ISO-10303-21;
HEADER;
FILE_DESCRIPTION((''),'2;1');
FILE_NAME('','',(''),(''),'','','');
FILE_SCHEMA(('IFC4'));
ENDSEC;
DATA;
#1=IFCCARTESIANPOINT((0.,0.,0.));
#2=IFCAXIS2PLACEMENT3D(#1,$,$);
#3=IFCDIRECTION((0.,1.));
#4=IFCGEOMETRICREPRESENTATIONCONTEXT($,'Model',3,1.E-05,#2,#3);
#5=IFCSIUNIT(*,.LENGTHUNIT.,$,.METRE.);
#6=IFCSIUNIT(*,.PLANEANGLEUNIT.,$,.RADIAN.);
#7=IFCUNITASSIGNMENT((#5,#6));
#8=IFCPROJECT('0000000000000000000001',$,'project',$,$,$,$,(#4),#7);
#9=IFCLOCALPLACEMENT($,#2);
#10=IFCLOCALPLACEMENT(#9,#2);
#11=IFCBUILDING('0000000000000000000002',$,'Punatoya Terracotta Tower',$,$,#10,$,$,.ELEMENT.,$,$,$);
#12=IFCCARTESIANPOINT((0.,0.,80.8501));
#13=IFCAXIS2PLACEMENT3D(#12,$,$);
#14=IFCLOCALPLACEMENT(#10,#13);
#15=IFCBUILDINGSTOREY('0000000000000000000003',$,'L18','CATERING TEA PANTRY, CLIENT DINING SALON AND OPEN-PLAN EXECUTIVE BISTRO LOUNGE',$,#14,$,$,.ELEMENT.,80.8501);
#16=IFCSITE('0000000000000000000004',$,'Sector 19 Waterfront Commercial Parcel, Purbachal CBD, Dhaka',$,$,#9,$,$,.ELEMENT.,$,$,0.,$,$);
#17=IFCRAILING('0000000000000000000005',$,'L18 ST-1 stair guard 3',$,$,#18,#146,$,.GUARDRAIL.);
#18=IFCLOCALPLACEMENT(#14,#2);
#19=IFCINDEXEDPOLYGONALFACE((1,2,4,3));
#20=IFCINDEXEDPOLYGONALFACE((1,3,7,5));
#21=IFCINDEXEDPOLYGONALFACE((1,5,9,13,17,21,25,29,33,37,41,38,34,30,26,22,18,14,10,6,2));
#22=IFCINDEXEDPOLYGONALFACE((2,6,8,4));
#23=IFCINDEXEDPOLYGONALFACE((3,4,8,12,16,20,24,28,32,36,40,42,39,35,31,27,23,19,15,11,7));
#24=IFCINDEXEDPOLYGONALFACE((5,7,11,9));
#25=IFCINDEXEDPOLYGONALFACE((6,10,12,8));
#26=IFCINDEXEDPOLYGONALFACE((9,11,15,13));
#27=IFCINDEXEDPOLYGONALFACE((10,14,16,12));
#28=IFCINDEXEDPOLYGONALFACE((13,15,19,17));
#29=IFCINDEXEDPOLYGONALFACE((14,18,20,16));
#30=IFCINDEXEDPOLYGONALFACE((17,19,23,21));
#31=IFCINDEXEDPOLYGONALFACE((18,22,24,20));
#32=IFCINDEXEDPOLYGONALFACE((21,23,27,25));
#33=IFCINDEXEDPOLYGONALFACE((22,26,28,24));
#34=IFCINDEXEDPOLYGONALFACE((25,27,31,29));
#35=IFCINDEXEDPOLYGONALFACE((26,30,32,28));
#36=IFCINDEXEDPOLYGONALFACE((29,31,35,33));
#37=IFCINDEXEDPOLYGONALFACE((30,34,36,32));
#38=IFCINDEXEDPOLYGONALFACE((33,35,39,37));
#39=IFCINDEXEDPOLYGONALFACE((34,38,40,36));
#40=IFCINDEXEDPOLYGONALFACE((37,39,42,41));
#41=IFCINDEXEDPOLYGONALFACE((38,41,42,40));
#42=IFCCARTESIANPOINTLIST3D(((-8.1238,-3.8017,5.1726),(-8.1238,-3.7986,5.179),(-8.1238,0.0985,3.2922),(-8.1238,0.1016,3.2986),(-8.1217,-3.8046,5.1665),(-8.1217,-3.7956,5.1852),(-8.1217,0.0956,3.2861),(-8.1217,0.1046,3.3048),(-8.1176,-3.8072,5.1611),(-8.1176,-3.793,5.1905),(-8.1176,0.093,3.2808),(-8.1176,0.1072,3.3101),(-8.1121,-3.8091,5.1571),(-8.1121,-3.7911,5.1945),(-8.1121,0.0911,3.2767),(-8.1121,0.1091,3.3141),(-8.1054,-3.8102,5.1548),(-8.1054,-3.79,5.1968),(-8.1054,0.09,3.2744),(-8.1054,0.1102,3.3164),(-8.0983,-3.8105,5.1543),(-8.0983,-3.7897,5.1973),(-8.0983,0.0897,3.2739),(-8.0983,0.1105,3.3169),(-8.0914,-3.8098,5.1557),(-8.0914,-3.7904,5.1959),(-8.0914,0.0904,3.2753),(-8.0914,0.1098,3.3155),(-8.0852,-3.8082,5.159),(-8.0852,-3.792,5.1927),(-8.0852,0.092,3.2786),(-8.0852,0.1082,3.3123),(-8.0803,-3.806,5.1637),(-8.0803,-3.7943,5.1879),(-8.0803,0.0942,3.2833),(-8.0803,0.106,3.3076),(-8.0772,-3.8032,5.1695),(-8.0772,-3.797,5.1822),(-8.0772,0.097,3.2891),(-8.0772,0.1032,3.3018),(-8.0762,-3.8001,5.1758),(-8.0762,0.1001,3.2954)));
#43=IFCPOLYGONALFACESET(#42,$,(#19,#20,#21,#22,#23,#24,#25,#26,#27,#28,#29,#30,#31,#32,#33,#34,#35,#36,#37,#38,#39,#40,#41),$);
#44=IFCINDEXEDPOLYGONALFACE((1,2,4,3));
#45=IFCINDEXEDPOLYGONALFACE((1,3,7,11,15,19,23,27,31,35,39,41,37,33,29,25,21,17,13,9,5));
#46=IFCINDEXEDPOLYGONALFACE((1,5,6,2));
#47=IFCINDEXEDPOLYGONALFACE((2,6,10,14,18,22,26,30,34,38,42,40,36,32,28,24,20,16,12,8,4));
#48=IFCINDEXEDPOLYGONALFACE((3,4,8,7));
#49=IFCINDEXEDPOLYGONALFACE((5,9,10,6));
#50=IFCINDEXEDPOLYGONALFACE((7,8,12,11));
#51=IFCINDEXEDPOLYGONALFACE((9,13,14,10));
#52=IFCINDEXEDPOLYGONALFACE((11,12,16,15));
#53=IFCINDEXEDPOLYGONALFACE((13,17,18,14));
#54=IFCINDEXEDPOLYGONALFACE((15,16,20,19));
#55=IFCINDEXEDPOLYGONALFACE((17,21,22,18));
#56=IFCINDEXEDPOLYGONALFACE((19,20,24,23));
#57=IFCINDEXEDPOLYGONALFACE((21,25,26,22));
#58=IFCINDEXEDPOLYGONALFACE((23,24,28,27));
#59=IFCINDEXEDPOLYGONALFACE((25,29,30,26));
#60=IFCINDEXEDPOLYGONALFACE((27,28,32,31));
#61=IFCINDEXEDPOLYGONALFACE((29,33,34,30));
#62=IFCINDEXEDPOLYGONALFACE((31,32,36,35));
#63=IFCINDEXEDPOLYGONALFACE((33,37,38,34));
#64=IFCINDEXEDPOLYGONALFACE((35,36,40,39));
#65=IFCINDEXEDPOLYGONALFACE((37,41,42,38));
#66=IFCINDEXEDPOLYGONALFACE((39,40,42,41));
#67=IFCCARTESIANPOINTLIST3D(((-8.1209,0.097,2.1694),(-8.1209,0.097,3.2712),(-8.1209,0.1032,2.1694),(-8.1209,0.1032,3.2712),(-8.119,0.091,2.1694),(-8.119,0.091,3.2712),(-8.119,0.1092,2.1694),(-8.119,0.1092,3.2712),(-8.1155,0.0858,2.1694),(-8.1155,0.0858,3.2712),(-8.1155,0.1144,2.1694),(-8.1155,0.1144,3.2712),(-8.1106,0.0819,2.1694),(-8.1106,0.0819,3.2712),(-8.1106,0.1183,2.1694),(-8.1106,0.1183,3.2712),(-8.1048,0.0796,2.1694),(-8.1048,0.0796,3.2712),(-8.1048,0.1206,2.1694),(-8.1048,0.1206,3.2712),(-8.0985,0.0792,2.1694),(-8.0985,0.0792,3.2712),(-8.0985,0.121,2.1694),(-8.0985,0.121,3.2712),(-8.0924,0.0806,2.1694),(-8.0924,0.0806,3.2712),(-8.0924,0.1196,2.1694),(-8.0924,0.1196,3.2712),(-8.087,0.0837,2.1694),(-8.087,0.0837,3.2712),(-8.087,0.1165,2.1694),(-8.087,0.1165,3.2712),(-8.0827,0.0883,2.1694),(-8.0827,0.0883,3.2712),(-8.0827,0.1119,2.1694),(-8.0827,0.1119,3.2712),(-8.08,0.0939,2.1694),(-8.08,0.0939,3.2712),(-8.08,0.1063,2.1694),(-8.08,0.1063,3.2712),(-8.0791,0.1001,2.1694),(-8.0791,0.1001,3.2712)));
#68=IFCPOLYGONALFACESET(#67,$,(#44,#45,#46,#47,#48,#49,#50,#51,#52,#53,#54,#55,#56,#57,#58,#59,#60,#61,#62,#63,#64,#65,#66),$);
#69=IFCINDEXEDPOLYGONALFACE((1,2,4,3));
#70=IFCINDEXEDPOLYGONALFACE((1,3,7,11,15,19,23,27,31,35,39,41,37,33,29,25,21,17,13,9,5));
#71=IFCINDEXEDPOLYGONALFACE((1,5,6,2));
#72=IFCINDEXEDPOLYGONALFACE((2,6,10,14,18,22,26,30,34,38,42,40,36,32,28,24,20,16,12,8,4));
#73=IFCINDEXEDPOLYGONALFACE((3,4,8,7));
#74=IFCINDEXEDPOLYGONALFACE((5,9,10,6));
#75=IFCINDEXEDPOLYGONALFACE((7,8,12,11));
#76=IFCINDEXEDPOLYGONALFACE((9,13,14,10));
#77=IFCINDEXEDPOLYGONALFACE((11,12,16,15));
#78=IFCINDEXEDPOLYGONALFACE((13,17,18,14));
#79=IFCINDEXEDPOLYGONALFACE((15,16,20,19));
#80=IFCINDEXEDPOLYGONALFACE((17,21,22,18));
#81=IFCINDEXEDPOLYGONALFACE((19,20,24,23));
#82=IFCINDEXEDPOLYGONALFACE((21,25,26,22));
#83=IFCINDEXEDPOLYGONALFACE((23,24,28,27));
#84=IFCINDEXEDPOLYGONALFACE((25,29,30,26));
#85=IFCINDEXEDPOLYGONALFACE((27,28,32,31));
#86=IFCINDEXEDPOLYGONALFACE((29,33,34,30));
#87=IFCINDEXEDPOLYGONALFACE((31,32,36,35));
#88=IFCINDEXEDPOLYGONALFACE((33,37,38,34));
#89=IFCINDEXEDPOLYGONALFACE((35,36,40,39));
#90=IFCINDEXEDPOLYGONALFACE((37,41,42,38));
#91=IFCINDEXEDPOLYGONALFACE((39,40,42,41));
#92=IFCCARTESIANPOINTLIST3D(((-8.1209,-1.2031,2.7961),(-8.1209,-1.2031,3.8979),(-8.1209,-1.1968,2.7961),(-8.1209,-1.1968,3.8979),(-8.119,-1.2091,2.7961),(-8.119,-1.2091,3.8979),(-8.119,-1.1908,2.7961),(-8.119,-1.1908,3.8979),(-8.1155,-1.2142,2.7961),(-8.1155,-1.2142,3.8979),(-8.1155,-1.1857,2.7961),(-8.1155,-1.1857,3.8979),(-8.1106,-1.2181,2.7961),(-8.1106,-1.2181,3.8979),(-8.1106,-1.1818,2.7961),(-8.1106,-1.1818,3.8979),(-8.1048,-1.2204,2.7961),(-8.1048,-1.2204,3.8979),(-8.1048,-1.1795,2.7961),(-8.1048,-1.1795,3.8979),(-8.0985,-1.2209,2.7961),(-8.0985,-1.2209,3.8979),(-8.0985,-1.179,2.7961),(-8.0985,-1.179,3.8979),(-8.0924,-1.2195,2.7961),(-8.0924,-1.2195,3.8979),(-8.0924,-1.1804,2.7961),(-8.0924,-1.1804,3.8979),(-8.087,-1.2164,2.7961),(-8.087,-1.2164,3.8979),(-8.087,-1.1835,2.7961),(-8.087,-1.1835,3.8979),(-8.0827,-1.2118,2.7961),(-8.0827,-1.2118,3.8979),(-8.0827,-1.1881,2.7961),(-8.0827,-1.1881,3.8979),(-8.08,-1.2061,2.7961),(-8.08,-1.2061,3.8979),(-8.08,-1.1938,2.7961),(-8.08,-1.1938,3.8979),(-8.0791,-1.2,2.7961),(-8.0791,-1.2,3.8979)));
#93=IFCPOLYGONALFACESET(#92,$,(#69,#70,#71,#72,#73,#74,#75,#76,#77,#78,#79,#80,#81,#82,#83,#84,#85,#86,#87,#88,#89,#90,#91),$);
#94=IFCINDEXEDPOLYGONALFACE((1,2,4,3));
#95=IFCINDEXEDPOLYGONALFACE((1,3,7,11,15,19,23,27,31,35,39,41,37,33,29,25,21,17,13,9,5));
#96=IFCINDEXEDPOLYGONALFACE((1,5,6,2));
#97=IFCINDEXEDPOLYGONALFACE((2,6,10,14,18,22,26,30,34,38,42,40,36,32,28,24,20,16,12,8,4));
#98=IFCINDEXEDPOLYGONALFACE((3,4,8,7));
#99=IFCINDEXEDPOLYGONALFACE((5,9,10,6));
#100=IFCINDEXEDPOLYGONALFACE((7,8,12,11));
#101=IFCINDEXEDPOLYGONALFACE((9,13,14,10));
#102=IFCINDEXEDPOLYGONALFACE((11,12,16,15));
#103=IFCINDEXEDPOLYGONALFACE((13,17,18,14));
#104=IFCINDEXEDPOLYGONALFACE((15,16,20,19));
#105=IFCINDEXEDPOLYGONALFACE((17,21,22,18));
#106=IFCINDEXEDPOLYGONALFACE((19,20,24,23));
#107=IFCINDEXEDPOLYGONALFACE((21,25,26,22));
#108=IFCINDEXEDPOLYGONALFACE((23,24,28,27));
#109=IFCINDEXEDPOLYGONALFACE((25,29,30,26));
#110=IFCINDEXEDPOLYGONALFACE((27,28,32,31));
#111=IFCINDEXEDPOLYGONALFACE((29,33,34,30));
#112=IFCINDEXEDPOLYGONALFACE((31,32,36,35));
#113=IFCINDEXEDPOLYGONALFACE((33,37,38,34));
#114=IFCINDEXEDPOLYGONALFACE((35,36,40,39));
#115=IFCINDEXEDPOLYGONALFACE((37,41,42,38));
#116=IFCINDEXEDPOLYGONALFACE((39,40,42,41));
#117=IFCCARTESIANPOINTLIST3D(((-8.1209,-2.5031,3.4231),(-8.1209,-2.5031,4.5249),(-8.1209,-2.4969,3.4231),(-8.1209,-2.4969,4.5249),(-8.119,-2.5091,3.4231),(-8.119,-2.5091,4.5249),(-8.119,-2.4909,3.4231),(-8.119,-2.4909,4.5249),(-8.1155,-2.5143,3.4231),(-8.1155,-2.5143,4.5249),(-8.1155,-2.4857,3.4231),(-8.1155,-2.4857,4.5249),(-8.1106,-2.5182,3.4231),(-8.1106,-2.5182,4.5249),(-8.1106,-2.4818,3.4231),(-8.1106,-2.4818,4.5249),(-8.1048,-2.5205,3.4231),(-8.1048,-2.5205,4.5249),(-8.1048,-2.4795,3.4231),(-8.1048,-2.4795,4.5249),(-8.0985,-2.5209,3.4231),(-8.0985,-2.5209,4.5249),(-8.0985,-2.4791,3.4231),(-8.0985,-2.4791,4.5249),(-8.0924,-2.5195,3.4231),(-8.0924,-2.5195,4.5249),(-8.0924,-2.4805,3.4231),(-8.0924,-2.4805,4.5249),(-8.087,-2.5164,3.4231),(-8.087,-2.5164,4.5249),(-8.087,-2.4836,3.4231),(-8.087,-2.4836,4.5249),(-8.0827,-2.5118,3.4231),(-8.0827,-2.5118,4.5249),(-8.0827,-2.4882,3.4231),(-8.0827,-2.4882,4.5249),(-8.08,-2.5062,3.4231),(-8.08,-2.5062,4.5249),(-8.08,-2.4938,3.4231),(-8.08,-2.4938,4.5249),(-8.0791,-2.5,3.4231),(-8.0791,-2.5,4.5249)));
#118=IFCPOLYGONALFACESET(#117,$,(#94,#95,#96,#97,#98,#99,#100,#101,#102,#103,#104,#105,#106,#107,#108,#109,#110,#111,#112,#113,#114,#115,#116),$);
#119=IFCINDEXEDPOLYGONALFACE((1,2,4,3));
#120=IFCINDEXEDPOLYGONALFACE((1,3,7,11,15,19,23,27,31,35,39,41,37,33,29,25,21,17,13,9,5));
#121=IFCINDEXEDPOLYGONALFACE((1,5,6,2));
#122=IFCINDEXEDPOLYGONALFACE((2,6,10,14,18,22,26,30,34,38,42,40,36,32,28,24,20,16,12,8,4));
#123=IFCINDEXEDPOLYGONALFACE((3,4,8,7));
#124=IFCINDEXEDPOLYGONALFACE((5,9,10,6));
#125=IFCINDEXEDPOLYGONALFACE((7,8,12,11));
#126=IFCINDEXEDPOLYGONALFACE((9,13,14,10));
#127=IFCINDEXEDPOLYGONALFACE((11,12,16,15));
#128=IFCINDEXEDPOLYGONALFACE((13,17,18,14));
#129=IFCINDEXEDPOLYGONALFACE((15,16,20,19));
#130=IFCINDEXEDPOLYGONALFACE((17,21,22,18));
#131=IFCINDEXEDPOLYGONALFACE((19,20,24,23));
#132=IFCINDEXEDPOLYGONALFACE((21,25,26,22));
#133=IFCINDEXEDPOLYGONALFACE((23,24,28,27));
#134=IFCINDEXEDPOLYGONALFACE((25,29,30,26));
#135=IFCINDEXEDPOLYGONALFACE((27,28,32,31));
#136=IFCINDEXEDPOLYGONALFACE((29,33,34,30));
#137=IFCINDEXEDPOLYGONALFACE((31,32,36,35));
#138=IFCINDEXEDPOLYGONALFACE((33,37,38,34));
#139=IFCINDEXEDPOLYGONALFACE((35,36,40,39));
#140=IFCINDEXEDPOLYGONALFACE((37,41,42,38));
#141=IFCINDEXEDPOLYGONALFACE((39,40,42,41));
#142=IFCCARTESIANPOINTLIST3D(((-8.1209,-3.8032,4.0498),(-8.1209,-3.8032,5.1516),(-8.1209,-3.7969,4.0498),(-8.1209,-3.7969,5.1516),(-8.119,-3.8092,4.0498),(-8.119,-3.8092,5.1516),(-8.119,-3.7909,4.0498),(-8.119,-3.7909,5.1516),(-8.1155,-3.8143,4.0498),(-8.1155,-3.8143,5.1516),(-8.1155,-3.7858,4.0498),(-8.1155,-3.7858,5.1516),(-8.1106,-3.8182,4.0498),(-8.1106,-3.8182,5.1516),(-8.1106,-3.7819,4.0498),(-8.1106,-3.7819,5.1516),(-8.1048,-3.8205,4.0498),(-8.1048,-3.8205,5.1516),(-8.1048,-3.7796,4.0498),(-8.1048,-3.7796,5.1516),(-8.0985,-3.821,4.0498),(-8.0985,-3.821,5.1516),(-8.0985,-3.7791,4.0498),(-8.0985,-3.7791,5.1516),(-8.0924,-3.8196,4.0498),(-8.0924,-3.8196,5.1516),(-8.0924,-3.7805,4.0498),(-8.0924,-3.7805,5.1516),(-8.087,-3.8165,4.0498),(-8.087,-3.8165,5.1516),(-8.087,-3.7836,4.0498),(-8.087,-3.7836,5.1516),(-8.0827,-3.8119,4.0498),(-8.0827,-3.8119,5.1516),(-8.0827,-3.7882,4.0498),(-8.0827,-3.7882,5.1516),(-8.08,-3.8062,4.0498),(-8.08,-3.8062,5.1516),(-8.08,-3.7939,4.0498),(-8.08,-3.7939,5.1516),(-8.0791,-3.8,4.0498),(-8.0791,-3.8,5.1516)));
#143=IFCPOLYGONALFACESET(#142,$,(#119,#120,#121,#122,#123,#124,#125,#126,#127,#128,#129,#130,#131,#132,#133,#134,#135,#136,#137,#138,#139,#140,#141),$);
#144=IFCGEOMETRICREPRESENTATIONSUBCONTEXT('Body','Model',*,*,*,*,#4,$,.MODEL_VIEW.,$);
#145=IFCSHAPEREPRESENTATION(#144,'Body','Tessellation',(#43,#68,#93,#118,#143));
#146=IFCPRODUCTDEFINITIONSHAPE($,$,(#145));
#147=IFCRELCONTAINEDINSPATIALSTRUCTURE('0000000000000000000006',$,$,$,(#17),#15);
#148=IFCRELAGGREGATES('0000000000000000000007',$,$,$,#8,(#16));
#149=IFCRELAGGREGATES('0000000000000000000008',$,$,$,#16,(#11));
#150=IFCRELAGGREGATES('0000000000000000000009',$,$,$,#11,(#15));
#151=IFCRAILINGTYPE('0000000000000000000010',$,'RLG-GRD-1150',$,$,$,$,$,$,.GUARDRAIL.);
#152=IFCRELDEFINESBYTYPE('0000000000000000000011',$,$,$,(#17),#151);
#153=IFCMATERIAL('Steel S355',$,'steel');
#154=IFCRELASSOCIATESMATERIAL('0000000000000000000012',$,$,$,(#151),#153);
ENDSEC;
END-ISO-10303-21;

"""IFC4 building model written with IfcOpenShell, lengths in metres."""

from ifc_helpers import new_model, si_unit, direction, frame, origin, origin_2d, place, context, subcontext, project, spatial, circle, extrude, material, type_object, element, save


model = new_model("IFC4")

# Units and contexts
model_context = context("Model", 3, precision=1e-05, world=origin(), true_north=direction((0.0, 1.0)))
body_context = subcontext(model_context, "Body", "Model", "MODEL_VIEW")
ifc_project = project(units=[si_unit("LENGTHUNIT", "METRE"), si_unit("PLANEANGLEUNIT", "RADIAN")], contexts=[model_context])

# Site, building, storey
site_placement = place(None, origin())
site = spatial("IfcSite", under=ifc_project, at=site_placement, Name="Sector 19 Waterfront Commercial Parcel, Purbachal CBD, Dhaka", CompositionType="ELEMENT", RefElevation=0.0)
building_placement = place(site_placement, origin())
building = spatial("IfcBuilding", under=site, at=building_placement, Name="Punatoya Terracotta Tower", CompositionType="ELEMENT")
storey_placement = place(building_placement, frame((0.0, 0.0, 80.8501)))
storey = spatial("IfcBuildingStorey", under=building, at=storey_placement, Name="L18", Description="CATERING TEA PANTRY, CLIENT DINING SALON AND OPEN-PLAN EXECUTIVE BISTRO LOUNGE", CompositionType="ELEMENT", Elevation=80.8501)

# Shared definitions
ifc_material_1 = material(Name="Steel S355", Category="steel")

# Railing
railing_type_1 = type_object("IfcRailingType", Name="RLG-GRD-1150", PredefinedType="GUARDRAIL", material=ifc_material_1)
railing_1_placement = place(storey_placement, frame((-8.1001, 0.1001, 2.1694)))
element("IfcRailing", 1, at=railing_1_placement, inside=storey, type_object=railing_type_1, Name="L18 ST-1 stair guard 3", PredefinedType="GUARDRAIL", context=body_context, shape_type="SweptSolid", body=[
    extrude(circle(Radius=0.0239, at=origin_2d()), frame((0.0, 0.0, 1.126), z_axis=(0.0, -0.900774, 0.434289), x_axis=(1.0, 0.0, 0.0)), (0.0, 0.0, 1.0), 4.3298),
    extrude(circle(Radius=0.021, at=origin_2d()), origin(), (0.0, 0.0, 1.0), 1.1018),
    extrude(circle(Radius=0.021, at=origin_2d()), frame((0.0, -1.3, 0.6267)), (0.0, 0.0, 1.0), 1.1018),
    extrude(circle(Radius=0.021, at=origin_2d()), frame((0.0, -2.6001, 1.2537)), (0.0, 0.0, 1.0), 1.1018),
    extrude(circle(Radius=0.021, at=origin_2d()), frame((0.0, -3.9001, 1.8804)), (0.0, 0.0, 1.0), 1.1018),
])

save(model, "model.ifc")
